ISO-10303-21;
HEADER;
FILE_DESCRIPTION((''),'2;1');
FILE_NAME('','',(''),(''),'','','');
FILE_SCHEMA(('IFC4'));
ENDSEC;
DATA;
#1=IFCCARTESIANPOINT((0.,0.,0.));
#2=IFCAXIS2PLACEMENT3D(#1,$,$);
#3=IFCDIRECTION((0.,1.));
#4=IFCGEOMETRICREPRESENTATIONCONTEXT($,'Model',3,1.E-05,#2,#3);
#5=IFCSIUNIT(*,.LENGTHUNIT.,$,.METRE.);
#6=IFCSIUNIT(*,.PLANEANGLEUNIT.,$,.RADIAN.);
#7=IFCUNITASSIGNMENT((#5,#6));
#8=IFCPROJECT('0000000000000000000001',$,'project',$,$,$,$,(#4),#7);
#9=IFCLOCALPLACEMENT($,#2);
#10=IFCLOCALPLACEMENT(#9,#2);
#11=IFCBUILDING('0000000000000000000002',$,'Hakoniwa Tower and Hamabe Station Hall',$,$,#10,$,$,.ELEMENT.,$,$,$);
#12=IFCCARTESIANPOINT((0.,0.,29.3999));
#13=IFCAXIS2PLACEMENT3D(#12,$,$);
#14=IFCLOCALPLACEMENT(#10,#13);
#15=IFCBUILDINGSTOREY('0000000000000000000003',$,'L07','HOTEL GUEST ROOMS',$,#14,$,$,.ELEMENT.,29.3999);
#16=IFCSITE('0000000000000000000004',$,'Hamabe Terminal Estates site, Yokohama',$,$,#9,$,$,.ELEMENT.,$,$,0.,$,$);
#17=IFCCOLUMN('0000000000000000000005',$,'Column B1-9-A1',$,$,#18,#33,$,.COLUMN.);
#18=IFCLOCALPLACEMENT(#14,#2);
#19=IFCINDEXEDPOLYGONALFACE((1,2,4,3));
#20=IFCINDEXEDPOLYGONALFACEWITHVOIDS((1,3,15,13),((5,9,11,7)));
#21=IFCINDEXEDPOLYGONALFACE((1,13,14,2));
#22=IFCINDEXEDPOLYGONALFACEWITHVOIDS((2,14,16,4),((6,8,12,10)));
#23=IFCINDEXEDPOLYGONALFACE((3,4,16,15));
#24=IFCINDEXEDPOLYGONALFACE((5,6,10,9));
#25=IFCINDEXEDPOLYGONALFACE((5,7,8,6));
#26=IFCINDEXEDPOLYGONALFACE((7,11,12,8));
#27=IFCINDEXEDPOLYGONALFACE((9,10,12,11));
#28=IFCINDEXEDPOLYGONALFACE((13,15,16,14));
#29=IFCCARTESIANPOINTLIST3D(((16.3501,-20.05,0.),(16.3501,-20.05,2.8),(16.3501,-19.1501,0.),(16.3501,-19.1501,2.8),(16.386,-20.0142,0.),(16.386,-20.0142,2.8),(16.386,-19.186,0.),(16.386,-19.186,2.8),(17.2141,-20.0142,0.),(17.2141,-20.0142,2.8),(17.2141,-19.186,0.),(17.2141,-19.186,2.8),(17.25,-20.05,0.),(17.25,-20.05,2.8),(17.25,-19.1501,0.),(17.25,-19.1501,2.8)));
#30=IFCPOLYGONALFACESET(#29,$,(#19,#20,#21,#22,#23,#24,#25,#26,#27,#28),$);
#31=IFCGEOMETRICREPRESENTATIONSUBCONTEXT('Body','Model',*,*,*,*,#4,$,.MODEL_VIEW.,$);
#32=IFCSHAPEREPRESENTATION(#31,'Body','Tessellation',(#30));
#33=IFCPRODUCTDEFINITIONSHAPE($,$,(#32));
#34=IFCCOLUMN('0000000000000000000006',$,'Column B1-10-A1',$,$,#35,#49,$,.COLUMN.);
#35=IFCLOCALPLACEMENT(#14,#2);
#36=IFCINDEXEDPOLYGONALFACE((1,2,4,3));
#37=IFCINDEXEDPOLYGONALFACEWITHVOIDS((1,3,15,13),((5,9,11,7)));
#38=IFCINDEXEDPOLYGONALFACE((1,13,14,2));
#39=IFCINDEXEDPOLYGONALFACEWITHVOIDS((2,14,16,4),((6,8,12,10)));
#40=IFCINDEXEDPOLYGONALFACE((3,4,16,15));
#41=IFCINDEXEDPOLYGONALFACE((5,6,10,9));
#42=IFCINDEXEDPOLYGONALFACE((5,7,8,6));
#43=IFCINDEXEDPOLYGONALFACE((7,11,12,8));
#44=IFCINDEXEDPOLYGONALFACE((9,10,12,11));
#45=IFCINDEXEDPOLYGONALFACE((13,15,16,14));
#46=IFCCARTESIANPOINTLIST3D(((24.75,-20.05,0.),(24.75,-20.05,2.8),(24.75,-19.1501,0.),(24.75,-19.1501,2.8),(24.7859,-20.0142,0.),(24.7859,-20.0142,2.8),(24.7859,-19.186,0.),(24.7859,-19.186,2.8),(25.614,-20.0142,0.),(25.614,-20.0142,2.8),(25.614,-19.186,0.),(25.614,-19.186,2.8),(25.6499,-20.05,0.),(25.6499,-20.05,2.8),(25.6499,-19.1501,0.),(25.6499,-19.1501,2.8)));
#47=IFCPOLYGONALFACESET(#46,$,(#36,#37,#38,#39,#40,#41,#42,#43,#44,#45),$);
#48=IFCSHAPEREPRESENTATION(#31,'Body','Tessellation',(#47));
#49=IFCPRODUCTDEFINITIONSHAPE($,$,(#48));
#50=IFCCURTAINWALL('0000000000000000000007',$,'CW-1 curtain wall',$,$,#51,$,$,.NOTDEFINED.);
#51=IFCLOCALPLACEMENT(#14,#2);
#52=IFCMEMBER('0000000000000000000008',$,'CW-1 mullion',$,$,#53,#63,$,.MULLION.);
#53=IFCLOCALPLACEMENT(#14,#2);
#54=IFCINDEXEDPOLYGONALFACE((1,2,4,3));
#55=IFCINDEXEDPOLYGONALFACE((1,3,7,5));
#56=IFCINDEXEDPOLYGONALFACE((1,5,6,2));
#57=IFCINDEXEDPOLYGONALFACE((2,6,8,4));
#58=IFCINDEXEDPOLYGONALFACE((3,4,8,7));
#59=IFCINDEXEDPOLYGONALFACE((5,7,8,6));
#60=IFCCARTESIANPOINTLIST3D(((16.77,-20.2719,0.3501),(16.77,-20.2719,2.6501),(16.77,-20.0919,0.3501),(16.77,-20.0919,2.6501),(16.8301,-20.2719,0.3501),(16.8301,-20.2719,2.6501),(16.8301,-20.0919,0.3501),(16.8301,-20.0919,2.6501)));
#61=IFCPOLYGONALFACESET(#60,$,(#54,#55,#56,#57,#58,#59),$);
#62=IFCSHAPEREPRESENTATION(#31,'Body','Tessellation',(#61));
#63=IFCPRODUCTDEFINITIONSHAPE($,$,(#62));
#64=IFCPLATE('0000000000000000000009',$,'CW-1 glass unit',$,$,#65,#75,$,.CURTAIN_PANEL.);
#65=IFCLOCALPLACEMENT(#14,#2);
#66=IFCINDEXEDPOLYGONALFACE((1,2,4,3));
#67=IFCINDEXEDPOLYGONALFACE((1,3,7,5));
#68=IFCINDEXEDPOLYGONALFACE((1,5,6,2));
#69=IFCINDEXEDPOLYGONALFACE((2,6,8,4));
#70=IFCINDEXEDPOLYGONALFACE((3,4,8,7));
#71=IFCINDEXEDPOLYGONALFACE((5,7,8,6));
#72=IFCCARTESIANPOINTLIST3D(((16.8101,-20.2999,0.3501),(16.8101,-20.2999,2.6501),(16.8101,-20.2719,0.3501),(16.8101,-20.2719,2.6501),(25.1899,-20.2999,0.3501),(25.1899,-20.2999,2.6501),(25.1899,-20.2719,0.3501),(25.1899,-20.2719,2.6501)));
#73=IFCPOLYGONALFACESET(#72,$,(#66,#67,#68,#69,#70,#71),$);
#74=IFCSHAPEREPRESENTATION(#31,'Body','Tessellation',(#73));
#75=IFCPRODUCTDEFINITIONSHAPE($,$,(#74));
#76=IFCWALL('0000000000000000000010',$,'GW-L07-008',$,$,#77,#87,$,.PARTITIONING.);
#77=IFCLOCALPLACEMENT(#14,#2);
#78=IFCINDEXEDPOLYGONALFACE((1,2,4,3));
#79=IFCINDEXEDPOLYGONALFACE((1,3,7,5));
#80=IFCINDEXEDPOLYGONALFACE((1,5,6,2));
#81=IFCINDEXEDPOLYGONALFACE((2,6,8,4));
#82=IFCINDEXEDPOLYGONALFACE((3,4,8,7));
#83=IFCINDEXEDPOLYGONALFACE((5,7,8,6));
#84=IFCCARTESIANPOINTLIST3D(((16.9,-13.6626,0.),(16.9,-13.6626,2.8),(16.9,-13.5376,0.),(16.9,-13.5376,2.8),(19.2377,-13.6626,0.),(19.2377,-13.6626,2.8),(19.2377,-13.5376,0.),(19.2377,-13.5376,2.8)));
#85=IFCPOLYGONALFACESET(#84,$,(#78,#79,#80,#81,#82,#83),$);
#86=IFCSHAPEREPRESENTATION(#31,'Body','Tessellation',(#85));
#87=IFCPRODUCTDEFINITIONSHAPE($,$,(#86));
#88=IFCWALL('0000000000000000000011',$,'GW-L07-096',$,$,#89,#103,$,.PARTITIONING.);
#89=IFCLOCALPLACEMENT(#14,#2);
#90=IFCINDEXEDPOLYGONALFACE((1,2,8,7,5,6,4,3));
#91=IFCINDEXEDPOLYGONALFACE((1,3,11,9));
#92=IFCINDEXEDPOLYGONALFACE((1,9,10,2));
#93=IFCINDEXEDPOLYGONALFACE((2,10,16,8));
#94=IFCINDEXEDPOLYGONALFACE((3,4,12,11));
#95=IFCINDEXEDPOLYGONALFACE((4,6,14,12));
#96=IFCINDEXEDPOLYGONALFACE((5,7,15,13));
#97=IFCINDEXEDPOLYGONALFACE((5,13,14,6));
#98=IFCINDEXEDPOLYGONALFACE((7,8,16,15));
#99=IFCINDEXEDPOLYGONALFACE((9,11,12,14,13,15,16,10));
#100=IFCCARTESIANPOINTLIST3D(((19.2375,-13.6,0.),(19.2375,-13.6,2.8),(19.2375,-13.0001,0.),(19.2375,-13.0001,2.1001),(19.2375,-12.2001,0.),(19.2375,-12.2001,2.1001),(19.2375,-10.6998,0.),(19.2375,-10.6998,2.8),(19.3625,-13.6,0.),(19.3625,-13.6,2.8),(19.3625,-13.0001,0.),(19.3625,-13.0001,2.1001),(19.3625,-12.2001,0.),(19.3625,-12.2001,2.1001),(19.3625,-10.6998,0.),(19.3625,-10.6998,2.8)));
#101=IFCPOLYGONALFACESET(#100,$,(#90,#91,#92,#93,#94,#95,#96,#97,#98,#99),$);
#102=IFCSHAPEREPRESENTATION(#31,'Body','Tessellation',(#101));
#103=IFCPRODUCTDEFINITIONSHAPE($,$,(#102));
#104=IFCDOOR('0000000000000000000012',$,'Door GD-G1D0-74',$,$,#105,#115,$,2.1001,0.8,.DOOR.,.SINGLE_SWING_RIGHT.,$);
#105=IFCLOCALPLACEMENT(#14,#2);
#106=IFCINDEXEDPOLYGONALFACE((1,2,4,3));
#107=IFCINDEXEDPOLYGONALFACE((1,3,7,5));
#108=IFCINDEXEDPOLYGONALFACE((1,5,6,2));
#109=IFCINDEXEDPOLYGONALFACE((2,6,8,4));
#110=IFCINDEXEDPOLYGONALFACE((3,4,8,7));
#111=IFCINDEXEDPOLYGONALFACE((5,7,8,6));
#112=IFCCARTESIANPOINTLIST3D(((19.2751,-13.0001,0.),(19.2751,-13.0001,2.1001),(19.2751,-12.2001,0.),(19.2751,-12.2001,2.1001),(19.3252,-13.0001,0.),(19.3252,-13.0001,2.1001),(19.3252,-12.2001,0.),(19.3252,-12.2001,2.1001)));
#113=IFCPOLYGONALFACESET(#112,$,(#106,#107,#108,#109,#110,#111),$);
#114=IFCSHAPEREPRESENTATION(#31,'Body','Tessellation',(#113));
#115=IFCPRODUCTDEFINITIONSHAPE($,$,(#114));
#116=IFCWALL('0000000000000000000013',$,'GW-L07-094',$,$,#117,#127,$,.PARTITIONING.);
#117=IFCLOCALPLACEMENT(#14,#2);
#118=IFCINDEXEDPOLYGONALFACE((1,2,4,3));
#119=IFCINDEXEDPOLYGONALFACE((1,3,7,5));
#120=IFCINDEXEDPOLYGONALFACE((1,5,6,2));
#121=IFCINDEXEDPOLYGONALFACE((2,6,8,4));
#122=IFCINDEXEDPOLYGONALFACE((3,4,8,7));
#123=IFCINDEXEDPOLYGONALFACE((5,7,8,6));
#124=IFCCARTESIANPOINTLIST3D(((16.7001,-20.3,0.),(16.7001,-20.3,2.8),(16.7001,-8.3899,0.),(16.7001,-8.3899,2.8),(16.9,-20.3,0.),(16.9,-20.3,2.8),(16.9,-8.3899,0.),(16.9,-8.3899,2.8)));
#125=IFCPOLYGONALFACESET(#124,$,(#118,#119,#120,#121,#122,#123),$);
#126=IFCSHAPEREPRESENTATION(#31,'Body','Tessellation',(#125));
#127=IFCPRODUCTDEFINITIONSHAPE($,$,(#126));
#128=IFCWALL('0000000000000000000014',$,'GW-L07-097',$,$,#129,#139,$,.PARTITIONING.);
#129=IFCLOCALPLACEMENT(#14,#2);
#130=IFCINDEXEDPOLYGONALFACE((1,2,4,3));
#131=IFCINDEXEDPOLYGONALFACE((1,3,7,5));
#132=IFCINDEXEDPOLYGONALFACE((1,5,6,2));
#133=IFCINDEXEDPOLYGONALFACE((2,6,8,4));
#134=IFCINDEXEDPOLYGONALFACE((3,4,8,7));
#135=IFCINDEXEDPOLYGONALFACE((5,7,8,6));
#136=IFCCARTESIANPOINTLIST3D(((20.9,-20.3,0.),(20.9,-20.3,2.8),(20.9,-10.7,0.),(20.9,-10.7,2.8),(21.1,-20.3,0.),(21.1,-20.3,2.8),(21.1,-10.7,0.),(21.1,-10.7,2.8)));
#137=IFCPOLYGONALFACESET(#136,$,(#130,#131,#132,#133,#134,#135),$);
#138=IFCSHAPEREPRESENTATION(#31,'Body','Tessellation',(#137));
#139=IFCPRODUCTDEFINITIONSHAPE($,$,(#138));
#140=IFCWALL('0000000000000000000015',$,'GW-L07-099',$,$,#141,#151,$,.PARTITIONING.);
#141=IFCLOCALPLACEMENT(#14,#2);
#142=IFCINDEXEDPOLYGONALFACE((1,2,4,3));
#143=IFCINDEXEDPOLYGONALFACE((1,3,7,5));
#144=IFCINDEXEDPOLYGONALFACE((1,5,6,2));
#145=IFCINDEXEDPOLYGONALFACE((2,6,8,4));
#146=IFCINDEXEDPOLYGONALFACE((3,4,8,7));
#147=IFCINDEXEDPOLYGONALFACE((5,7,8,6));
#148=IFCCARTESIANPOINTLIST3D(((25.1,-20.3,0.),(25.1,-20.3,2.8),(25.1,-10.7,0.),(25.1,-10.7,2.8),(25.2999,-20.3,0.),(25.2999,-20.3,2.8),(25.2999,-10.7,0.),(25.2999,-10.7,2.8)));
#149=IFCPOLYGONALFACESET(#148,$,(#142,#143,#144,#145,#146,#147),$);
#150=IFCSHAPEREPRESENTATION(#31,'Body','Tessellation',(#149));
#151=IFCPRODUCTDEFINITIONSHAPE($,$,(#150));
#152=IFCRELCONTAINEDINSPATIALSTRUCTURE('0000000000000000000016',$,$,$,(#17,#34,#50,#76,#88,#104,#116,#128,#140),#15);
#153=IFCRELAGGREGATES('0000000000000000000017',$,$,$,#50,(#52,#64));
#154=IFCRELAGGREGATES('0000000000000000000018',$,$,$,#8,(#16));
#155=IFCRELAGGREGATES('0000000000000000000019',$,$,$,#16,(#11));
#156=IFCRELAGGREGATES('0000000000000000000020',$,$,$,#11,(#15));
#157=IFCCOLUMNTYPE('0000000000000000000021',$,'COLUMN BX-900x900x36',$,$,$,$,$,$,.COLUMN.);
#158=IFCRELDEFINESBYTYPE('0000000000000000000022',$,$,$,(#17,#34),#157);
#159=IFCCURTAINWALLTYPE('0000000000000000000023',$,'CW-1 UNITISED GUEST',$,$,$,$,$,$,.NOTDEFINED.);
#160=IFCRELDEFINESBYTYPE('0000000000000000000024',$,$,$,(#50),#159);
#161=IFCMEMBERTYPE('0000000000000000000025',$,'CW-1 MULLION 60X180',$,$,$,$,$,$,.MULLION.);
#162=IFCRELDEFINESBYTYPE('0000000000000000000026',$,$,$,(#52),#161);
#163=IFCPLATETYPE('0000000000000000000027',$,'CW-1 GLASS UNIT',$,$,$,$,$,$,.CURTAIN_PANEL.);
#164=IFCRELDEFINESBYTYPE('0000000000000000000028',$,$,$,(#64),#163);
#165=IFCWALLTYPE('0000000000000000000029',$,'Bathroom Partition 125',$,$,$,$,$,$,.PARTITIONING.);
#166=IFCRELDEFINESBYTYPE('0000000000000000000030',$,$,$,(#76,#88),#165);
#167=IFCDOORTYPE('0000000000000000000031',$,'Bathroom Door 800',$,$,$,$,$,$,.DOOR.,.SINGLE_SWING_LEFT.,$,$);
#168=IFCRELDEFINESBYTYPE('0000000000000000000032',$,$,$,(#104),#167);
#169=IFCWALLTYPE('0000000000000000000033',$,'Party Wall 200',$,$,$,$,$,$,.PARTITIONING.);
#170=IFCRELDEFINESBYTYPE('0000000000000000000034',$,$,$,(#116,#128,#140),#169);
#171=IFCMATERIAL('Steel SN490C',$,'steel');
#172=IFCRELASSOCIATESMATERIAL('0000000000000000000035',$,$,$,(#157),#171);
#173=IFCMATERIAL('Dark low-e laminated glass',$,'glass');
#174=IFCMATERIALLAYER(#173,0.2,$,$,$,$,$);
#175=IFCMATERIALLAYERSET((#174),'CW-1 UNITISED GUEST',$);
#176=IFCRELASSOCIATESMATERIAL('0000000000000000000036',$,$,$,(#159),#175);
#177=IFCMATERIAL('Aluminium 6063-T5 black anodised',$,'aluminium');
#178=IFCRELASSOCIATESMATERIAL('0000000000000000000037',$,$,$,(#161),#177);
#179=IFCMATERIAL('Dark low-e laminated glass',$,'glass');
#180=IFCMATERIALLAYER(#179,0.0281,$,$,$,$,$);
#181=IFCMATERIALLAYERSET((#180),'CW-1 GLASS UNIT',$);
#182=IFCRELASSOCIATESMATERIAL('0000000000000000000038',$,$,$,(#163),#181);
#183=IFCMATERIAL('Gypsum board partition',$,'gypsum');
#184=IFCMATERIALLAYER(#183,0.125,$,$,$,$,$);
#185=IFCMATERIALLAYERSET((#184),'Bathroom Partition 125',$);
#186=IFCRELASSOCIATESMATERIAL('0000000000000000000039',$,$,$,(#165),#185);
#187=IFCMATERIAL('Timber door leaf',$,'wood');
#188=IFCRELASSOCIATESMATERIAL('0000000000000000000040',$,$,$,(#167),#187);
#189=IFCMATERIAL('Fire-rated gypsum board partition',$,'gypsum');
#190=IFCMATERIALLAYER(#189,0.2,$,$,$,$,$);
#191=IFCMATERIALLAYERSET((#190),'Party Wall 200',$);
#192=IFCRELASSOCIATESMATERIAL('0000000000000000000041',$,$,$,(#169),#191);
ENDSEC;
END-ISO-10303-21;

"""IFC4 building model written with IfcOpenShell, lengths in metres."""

from ifc_helpers import new_model, si_unit, direction, frame, frame_2d, origin, origin_2d, place, context, subcontext, project, spatial, rectangle, hollow_rectangle, extrude, material, layer, layer_set, material_profile, profile_set, type_object, element, fill, aggregate, save


model = new_model("IFC4")

# Units and contexts
model_context = context("Model", 3, precision=1e-05, world=origin(), true_north=direction((0.0, 1.0)))
body_context = subcontext(model_context, "Body", "Model", "MODEL_VIEW")
ifc_project = project(units=[si_unit("LENGTHUNIT", "METRE"), si_unit("PLANEANGLEUNIT", "RADIAN")], contexts=[model_context])

# Site, building, storey
site_placement = place(None, origin())
site = spatial("IfcSite", under=ifc_project, at=site_placement, Name="Hamabe Terminal Estates site, Yokohama", CompositionType="ELEMENT", RefElevation=0.0)
building_placement = place(site_placement, origin())
building = spatial("IfcBuilding", under=site, at=building_placement, Name="Hakoniwa Tower and Hamabe Station Hall", CompositionType="ELEMENT")
storey_placement = place(building_placement, frame((0.0, 0.0, 29.3999)))
storey = spatial("IfcBuildingStorey", under=building, at=storey_placement, Name="L07", Description="HOTEL GUEST ROOMS", CompositionType="ELEMENT", Elevation=29.3999)

# Columns
ifc_material_1 = material(Name="Steel SN490C", Category="steel")
ifc_material_profile_1 = material_profile(ifc_material_1, hollow_rectangle(XDim=0.8999, YDim=0.8999, WallThickness=0.0359, at=origin_2d()), Name="BX-900x900x36")
ifc_profile_set_1 = profile_set([ifc_material_profile_1], Name="Steel SN490C")
column_type = type_object("IfcColumnType", Name="COLUMN BX-900x900x36", PredefinedType="COLUMN", material=ifc_profile_set_1)
for number, where, z_axis, x_axis, name in (
    (1, (16.8, -19.6001, 0.0), (0.0, 0.0, 1.0), (1.0, 0.0, 0.0), "Column B1-9-A1"),
    (2, (25.2, -19.6001, 0.0), (0.0, 0.0, 1.0), (1.0, 0.0, 0.0), "Column B1-10-A1"),
):
    element("IfcColumn", number, at=place(storey_placement, frame(where, z_axis=z_axis, x_axis=x_axis)), inside=storey, type_object=column_type, Name=name, PredefinedType="COLUMN", context=body_context, shape_type="SweptSolid", body=[
        extrude(hollow_rectangle(XDim=0.8999, YDim=0.8999, WallThickness=0.0359, at=origin_2d()), origin(), (0.0, 0.0, 1.0), 2.8),
    ])

# Curtain wall, member, plate
ifc_material_2 = material(Name="Dark low-e laminated glass", Category="glass")
ifc_layer_1 = layer(ifc_material_2, 0.2)
ifc_layer_set_1 = layer_set([ifc_layer_1], Name="CW-1 UNITISED GUEST")
curtain_wall_type = type_object("IfcCurtainWallType", Name="CW-1 UNITISED GUEST", PredefinedType="NOTDEFINED", material=ifc_layer_set_1)
curtain_wall_placement = place(storey_placement, origin())
curtain_wall = element("IfcCurtainWall", 3, at=curtain_wall_placement, inside=storey, type_object=curtain_wall_type, Name="CW-1 curtain wall", PredefinedType="NOTDEFINED")
ifc_material_3 = material(Name="Aluminium 6063-T5 black anodised", Category="aluminium")
ifc_material_profile_2 = material_profile(ifc_material_3, rectangle(XDim=0.0601, YDim=0.1799, at=origin_2d()), Name="CW-1 MULLION 60X180")
ifc_profile_set_2 = profile_set([ifc_material_profile_2], Name="Aluminium 6063-T5 black anodised")
member_type = type_object("IfcMemberType", Name="CW-1 MULLION 60X180", PredefinedType="MULLION", material=ifc_profile_set_2)
member_placement = place(storey_placement, frame((16.8, -20.1819, 0.3501), z_axis=(0.0, 0.0, 1.0), x_axis=(1.0, 0.0, 0.0)))
member = element("IfcMember", 4, at=member_placement, type_object=member_type, Name="CW-1 mullion", PredefinedType="MULLION", context=body_context, shape_type="SweptSolid", body=[
    extrude(rectangle(XDim=0.0601, YDim=0.1799, at=origin_2d()), origin(), (0.0, 0.0, 1.0), 2.3),
])
ifc_material_4 = material(Name="Dark low-e laminated glass", Category="glass")
ifc_layer_2 = layer(ifc_material_4, 0.0281)
ifc_layer_set_2 = layer_set([ifc_layer_2], Name="CW-1 GLASS UNIT")
plate_type = type_object("IfcPlateType", Name="CW-1 GLASS UNIT", PredefinedType="CURTAIN_PANEL", material=ifc_layer_set_2)
plate_placement = place(storey_placement, frame((21.0, -20.2859, 0.3501), z_axis=(0.0, 0.0, 1.0), x_axis=(1.0, 0.0, 0.0)))
plate = element("IfcPlate", 5, at=plate_placement, type_object=plate_type, Name="CW-1 glass unit", PredefinedType="CURTAIN_PANEL", context=body_context, shape_type="SweptSolid", body=[
    extrude(rectangle(XDim=8.3799, YDim=0.0281, at=origin_2d()), origin(), (0.0, 0.0, 1.0), 2.3),
])
aggregate(curtain_wall, [member, plate])

# Wall
ifc_material_5 = material(Name="Gypsum board partition", Category="gypsum")
ifc_layer_3 = layer(ifc_material_5, 0.125)
ifc_layer_set_3 = layer_set([ifc_layer_3], Name="Bathroom Partition 125")
wall_type_1 = type_object("IfcWallType", Name="Bathroom Partition 125", PredefinedType="PARTITIONING", material=ifc_layer_set_3)
wall_1_placement = place(storey_placement, frame((16.8999, -13.6001, 0.0), z_axis=(0.0, 0.0, 1.0), x_axis=(1.0, 0.0, 0.0)))
element("IfcWall", 6, at=wall_1_placement, inside=storey, type_object=wall_type_1, Name="GW-L07-008", PredefinedType="PARTITIONING", context=body_context, shape_type="SweptSolid", body=[
    extrude(rectangle(XDim=2.3376, YDim=0.125, at=frame_2d((1.1689, 0.0))), origin(), (0.0, 0.0, 1.0), 2.8),
])

# Wall, opening, door
wall_2_placement = place(storey_placement, frame((19.3, -13.6001, 0.0), z_axis=(0.0, 0.0, 1.0), x_axis=(0.0, 1.0, 0.0)))
wall_2 = element("IfcWall", 7, at=wall_2_placement, inside=storey, type_object=wall_type_1, Name="GW-L07-096", PredefinedType="PARTITIONING", context=body_context, shape_type="SweptSolid", body=[
    extrude(rectangle(XDim=2.9001, YDim=0.125, at=frame_2d((1.4502, 0.0))), origin(), (0.0, 0.0, 1.0), 2.8),
])
opening_placement = place(wall_2_placement, frame((0.6001, 0.0, 0.0)))
opening = element("IfcOpeningElement", 8, at=opening_placement, cuts=wall_2, PredefinedType="OPENING", context=body_context, shape_type="SweptSolid", body=[
    extrude(rectangle(XDim=0.8, YDim=2.1001, at=frame_2d((0.3999, 1.05))), frame((0.0, 0.0725, 0.0), z_axis=(0.0, -1.0, 0.0), x_axis=(1.0, 0.0, 0.0)), (0.0, 0.0, 1.0), 0.145),
])
ifc_material_6 = material(Name="Timber door leaf", Category="wood")
door_type = type_object("IfcDoorType", Name="Bathroom Door 800", OperationType="SINGLE_SWING_LEFT", PredefinedType="DOOR", material=ifc_material_6)
door_placement = place(opening_placement, origin())
door = element("IfcDoor", 9, at=door_placement, inside=storey, type_object=door_type, Name="Door GD-G1D0-74", OperationType="SINGLE_SWING_RIGHT", OverallHeight=2.1001, OverallWidth=0.8, PredefinedType="DOOR", context=body_context, shape_type="SweptSolid", body=[
    extrude(rectangle(XDim=0.8, YDim=2.1001, at=frame_2d((0.3999, 1.05))), frame((0.0, 0.0249, 0.0), z_axis=(0.0, -1.0, 0.0), x_axis=(1.0, 0.0, 0.0)), (0.0, 0.0, 1.0), 0.05),
])
fill(opening, door)

# Walls
ifc_material_7 = material(Name="Fire-rated gypsum board partition", Category="gypsum")
ifc_layer_4 = layer(ifc_material_7, 0.2)
ifc_layer_set_4 = layer_set([ifc_layer_4], Name="Party Wall 200")
wall_type_2 = type_object("IfcWallType", Name="Party Wall 200", PredefinedType="PARTITIONING", material=ifc_layer_set_4)
wall_3_placement = place(storey_placement, frame((16.8, -20.3, 0.0), z_axis=(0.0, 0.0, 1.0), x_axis=(0.0, 1.0, 0.0)))
element("IfcWall", 10, at=wall_3_placement, inside=storey, type_object=wall_type_2, Name="GW-L07-094", PredefinedType="PARTITIONING", context=body_context, shape_type="SweptSolid", body=[
    extrude(rectangle(XDim=11.9102, YDim=0.2, at=frame_2d((5.9551, 0.0))), origin(), (0.0, 0.0, 1.0), 2.8),
])
for number, where, z_axis, x_axis, name in (
    (11, (21.0, -20.3, 0.0), (0.0, 0.0, 1.0), (0.0, 1.0, 0.0), "GW-L07-097"),
    (12, (25.2, -20.3, 0.0), (0.0, 0.0, 1.0), (0.0, 1.0, 0.0), "GW-L07-099"),
):
    element("IfcWall", number, at=place(storey_placement, frame(where, z_axis=z_axis, x_axis=x_axis)), inside=storey, type_object=wall_type_2, Name=name, PredefinedType="PARTITIONING", context=body_context, shape_type="SweptSolid", body=[
        extrude(rectangle(XDim=9.6001, YDim=0.2, at=frame_2d((4.8, 0.0))), origin(), (0.0, 0.0, 1.0), 2.8),
    ])

save(model, "model.ifc")
